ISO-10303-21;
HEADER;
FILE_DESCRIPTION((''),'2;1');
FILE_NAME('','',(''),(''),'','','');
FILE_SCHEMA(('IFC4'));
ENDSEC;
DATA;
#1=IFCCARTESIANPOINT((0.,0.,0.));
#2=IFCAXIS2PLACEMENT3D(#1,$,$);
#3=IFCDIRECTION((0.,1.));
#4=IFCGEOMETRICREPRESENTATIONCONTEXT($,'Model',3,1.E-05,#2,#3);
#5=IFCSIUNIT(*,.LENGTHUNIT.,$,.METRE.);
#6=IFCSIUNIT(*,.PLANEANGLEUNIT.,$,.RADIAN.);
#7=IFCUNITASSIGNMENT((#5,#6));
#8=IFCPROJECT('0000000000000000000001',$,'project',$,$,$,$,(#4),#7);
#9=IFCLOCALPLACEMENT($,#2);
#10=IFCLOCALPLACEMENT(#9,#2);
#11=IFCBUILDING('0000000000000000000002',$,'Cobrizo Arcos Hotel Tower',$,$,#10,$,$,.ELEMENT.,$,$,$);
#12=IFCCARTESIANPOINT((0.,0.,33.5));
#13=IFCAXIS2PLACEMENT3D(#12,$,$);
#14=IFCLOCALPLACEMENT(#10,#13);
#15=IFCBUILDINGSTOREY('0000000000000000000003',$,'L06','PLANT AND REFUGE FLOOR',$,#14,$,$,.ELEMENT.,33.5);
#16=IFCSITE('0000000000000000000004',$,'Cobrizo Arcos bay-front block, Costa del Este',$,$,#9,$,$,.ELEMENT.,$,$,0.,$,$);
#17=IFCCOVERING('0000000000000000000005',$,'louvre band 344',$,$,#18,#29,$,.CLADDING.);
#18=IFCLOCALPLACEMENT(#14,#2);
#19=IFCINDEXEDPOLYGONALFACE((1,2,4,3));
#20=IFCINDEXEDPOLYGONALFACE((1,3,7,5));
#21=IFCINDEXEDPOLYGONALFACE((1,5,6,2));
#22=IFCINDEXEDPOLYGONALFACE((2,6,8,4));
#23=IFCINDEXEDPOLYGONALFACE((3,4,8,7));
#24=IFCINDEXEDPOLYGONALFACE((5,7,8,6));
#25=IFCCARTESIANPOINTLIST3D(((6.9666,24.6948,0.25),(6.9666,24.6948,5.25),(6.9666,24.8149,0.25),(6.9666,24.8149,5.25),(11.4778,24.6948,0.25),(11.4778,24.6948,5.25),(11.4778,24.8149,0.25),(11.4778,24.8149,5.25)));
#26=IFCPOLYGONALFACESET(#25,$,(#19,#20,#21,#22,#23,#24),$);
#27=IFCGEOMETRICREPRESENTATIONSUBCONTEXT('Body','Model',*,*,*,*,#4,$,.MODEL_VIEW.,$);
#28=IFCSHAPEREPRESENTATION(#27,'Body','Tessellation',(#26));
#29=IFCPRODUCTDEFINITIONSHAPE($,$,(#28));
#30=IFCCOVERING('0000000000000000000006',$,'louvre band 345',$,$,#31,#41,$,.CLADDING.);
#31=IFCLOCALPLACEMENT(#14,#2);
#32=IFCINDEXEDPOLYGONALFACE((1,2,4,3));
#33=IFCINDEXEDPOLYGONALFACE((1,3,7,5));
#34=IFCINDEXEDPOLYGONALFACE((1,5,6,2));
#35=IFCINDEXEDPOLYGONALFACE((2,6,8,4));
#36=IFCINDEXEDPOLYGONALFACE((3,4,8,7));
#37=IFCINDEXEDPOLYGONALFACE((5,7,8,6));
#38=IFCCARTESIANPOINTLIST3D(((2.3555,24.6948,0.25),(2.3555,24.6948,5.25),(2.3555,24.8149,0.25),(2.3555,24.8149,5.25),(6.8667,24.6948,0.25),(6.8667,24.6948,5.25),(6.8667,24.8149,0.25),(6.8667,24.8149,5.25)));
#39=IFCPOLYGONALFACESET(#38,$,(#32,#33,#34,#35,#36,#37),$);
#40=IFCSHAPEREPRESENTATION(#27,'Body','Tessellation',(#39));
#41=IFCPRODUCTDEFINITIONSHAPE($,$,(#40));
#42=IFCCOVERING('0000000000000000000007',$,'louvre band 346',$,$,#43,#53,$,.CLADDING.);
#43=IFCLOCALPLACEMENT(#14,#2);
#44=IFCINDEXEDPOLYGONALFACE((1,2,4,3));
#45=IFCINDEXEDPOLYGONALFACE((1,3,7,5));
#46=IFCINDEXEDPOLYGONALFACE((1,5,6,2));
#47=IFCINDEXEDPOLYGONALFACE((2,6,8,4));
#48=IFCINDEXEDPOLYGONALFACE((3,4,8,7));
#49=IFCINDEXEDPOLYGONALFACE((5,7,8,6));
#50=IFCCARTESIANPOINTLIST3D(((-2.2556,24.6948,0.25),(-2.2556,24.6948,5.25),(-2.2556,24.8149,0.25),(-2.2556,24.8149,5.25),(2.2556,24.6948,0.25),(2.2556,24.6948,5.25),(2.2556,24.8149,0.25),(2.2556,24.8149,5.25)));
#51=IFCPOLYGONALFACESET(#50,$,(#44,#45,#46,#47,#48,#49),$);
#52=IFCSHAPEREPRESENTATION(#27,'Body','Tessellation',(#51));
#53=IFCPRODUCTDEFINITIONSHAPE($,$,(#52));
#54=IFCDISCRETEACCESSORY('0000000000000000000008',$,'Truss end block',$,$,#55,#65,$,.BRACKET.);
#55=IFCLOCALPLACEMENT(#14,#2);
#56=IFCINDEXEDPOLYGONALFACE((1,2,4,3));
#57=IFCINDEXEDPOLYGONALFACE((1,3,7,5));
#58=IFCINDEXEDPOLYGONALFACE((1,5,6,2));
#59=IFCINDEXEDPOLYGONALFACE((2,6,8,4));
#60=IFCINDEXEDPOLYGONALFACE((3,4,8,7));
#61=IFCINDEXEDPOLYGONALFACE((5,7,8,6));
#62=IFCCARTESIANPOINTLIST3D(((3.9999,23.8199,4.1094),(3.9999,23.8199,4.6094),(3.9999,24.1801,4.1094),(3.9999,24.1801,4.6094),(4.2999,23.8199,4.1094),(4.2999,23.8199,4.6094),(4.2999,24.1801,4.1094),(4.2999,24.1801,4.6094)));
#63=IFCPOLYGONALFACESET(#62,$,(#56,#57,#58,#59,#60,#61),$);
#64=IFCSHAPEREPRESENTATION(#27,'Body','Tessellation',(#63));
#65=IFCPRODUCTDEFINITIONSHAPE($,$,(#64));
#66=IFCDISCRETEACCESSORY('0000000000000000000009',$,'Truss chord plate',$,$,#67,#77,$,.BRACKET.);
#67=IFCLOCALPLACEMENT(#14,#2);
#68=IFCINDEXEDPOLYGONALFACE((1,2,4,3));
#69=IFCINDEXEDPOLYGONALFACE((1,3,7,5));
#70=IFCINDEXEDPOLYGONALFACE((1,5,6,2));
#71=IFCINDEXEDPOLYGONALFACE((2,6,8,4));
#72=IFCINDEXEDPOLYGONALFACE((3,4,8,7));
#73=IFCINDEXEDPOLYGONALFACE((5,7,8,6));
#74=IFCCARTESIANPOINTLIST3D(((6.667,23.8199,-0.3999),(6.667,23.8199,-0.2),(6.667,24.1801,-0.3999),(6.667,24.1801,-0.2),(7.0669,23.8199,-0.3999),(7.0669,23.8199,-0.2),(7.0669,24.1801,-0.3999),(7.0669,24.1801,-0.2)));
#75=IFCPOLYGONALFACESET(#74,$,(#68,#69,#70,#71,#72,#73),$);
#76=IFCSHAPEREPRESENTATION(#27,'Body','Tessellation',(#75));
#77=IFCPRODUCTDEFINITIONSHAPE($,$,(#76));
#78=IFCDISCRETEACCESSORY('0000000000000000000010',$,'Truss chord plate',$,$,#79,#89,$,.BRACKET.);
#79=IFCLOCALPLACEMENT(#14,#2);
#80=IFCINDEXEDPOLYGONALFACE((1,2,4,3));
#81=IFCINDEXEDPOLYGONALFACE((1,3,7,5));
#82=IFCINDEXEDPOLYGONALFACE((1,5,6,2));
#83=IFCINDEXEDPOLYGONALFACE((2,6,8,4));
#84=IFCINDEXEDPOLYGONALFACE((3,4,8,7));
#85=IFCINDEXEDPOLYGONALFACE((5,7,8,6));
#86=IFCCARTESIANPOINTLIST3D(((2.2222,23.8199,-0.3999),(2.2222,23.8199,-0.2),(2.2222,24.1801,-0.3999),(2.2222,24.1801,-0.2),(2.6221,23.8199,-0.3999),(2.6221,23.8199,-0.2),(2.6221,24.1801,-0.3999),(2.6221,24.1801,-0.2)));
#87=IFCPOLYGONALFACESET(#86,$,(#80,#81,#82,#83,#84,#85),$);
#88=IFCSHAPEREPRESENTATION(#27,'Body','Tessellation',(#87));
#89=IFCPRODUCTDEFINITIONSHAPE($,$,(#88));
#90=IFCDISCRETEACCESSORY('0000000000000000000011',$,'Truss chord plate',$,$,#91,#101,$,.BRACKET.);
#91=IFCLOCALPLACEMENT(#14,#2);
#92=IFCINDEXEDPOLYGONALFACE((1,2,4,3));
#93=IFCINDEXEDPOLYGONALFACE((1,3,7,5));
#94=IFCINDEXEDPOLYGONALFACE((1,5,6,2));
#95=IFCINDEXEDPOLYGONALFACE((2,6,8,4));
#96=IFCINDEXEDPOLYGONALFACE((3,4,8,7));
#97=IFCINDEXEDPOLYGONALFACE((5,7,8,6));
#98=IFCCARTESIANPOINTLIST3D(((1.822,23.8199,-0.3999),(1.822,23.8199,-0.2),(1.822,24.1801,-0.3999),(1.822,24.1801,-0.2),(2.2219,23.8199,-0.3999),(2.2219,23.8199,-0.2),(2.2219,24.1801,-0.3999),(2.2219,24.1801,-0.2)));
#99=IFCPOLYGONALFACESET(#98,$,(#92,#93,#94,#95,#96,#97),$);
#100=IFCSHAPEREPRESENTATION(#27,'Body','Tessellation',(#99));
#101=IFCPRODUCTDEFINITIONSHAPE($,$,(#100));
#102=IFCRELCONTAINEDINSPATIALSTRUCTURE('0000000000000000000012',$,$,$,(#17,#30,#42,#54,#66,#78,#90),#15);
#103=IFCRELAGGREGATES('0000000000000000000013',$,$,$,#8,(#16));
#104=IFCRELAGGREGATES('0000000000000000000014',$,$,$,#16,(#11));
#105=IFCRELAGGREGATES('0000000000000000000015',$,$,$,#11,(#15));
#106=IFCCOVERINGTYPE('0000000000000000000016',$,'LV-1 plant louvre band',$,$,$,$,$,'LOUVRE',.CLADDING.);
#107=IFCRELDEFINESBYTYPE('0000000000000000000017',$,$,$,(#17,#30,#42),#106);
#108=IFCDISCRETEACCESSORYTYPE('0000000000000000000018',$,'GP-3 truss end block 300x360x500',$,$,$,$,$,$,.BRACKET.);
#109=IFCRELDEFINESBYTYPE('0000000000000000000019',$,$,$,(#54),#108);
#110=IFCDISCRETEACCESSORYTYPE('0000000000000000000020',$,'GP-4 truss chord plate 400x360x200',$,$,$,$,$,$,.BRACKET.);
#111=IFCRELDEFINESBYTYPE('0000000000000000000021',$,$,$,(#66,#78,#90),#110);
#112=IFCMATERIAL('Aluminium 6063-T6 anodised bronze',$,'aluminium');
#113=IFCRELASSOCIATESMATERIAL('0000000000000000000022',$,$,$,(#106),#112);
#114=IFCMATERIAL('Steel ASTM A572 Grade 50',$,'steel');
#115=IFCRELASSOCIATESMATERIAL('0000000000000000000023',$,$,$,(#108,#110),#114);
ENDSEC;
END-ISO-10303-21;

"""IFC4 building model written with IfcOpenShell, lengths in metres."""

from ifc_helpers import new_model, si_unit, direction, frame, origin, origin_2d, place, context, subcontext, project, spatial, rectangle, extrude, material, type_object, element, save


model = new_model("IFC4")

# Units and contexts
model_context = context("Model", 3, precision=1e-05, world=origin(), true_north=direction((0.0, 1.0)))
body_context = subcontext(model_context, "Body", "Model", "MODEL_VIEW")
ifc_project = project(units=[si_unit("LENGTHUNIT", "METRE"), si_unit("PLANEANGLEUNIT", "RADIAN")], contexts=[model_context])

# Site, building, storey
site_placement = place(None, origin())
site = spatial("IfcSite", under=ifc_project, at=site_placement, Name="Cobrizo Arcos bay-front block, Costa del Este", CompositionType="ELEMENT", RefElevation=0.0)
building_placement = place(site_placement, origin())
building = spatial("IfcBuilding", under=site, at=building_placement, Name="Cobrizo Arcos Hotel Tower", CompositionType="ELEMENT")
storey_placement = place(building_placement, frame((0.0, 0.0, 33.5)))
storey = spatial("IfcBuildingStorey", under=building, at=storey_placement, Name="L06", Description="PLANT AND REFUGE FLOOR", CompositionType="ELEMENT", Elevation=33.5)

# Shared definitions
ifc_material_1 = material(Name="Steel ASTM A572 Grade 50", Category="steel")

# Shared definitions
ifc_material_2 = material(Name="Aluminium 6063-T6 anodised bronze", Category="aluminium")

# Coverings
covering_type = type_object("IfcCoveringType", Name="LV-1 plant louvre band", ElementType="LOUVRE", PredefinedType="CLADDING", material=ifc_material_2)
for number, where, z_axis, x_axis, name in (
    (1, (9.2222, 24.7549, 0.25), (0.0, 0.0, 1.0), (-1.0, 0.0, 0.0), "louvre band 344"),
    (2, (4.6111, 24.7549, 0.25), (0.0, 0.0, 1.0), (-1.0, 0.0, 0.0), "louvre band 345"),
    (3, (0.0, 24.7549, 0.25), (0.0, 0.0, 1.0), (-1.0, 0.0, 0.0), "louvre band 346"),
):
    element("IfcCovering", number, at=place(storey_placement, frame(where, z_axis=z_axis, x_axis=x_axis)), inside=storey, type_object=covering_type, Name=name, PredefinedType="CLADDING", context=body_context, shape_type="SweptSolid", body=[
        extrude(rectangle(XDim=4.5112, YDim=0.1201, at=origin_2d()), origin(), (0.0, 0.0, 1.0), 5.0),
    ])

# Discrete accessories
discrete_accessory_type_1 = type_object("IfcDiscreteAccessoryType", Name="GP-3 truss end block 300x360x500", PredefinedType="BRACKET", material=ifc_material_1)
discrete_accessory_placement = place(storey_placement, frame((4.1499, 24.0, 4.1094), z_axis=(0.0, 0.0, 1.0), x_axis=(-1.0, 0.0, 0.0)))
element("IfcDiscreteAccessory", 4, at=discrete_accessory_placement, inside=storey, type_object=discrete_accessory_type_1, Name="Truss end block", PredefinedType="BRACKET", context=body_context, shape_type="SweptSolid", body=[
    extrude(rectangle(XDim=0.3, YDim=0.3601, at=origin_2d()), origin(), (0.0, 0.0, 1.0), 0.5),
])
discrete_accessory_type_2 = type_object("IfcDiscreteAccessoryType", Name="GP-4 truss chord plate 400x360x200", PredefinedType="BRACKET", material=ifc_material_1)
for number, where, z_axis, x_axis, name in (
    (5, (6.8669, 24.0, -0.3999), (0.0, 0.0, 1.0), (-1.0, 0.0, 0.0), "Truss chord plate"),
    (6, (2.4221, 24.0, -0.3999), (0.0, 0.0, 1.0), (-1.0, 0.0, 0.0), "Truss chord plate"),
    (7, (2.022, 24.0, -0.3999), (0.0, 0.0, 1.0), (-1.0, 0.0, 0.0), "Truss chord plate"),
):
    element("IfcDiscreteAccessory", number, at=place(storey_placement, frame(where, z_axis=z_axis, x_axis=x_axis)), inside=storey, type_object=discrete_accessory_type_2, Name=name, PredefinedType="BRACKET", context=body_context, shape_type="SweptSolid", body=[
        extrude(rectangle(XDim=0.3999, YDim=0.3601, at=origin_2d()), origin(), (0.0, 0.0, 1.0), 0.2),
    ])

save(model, "model.ifc")
